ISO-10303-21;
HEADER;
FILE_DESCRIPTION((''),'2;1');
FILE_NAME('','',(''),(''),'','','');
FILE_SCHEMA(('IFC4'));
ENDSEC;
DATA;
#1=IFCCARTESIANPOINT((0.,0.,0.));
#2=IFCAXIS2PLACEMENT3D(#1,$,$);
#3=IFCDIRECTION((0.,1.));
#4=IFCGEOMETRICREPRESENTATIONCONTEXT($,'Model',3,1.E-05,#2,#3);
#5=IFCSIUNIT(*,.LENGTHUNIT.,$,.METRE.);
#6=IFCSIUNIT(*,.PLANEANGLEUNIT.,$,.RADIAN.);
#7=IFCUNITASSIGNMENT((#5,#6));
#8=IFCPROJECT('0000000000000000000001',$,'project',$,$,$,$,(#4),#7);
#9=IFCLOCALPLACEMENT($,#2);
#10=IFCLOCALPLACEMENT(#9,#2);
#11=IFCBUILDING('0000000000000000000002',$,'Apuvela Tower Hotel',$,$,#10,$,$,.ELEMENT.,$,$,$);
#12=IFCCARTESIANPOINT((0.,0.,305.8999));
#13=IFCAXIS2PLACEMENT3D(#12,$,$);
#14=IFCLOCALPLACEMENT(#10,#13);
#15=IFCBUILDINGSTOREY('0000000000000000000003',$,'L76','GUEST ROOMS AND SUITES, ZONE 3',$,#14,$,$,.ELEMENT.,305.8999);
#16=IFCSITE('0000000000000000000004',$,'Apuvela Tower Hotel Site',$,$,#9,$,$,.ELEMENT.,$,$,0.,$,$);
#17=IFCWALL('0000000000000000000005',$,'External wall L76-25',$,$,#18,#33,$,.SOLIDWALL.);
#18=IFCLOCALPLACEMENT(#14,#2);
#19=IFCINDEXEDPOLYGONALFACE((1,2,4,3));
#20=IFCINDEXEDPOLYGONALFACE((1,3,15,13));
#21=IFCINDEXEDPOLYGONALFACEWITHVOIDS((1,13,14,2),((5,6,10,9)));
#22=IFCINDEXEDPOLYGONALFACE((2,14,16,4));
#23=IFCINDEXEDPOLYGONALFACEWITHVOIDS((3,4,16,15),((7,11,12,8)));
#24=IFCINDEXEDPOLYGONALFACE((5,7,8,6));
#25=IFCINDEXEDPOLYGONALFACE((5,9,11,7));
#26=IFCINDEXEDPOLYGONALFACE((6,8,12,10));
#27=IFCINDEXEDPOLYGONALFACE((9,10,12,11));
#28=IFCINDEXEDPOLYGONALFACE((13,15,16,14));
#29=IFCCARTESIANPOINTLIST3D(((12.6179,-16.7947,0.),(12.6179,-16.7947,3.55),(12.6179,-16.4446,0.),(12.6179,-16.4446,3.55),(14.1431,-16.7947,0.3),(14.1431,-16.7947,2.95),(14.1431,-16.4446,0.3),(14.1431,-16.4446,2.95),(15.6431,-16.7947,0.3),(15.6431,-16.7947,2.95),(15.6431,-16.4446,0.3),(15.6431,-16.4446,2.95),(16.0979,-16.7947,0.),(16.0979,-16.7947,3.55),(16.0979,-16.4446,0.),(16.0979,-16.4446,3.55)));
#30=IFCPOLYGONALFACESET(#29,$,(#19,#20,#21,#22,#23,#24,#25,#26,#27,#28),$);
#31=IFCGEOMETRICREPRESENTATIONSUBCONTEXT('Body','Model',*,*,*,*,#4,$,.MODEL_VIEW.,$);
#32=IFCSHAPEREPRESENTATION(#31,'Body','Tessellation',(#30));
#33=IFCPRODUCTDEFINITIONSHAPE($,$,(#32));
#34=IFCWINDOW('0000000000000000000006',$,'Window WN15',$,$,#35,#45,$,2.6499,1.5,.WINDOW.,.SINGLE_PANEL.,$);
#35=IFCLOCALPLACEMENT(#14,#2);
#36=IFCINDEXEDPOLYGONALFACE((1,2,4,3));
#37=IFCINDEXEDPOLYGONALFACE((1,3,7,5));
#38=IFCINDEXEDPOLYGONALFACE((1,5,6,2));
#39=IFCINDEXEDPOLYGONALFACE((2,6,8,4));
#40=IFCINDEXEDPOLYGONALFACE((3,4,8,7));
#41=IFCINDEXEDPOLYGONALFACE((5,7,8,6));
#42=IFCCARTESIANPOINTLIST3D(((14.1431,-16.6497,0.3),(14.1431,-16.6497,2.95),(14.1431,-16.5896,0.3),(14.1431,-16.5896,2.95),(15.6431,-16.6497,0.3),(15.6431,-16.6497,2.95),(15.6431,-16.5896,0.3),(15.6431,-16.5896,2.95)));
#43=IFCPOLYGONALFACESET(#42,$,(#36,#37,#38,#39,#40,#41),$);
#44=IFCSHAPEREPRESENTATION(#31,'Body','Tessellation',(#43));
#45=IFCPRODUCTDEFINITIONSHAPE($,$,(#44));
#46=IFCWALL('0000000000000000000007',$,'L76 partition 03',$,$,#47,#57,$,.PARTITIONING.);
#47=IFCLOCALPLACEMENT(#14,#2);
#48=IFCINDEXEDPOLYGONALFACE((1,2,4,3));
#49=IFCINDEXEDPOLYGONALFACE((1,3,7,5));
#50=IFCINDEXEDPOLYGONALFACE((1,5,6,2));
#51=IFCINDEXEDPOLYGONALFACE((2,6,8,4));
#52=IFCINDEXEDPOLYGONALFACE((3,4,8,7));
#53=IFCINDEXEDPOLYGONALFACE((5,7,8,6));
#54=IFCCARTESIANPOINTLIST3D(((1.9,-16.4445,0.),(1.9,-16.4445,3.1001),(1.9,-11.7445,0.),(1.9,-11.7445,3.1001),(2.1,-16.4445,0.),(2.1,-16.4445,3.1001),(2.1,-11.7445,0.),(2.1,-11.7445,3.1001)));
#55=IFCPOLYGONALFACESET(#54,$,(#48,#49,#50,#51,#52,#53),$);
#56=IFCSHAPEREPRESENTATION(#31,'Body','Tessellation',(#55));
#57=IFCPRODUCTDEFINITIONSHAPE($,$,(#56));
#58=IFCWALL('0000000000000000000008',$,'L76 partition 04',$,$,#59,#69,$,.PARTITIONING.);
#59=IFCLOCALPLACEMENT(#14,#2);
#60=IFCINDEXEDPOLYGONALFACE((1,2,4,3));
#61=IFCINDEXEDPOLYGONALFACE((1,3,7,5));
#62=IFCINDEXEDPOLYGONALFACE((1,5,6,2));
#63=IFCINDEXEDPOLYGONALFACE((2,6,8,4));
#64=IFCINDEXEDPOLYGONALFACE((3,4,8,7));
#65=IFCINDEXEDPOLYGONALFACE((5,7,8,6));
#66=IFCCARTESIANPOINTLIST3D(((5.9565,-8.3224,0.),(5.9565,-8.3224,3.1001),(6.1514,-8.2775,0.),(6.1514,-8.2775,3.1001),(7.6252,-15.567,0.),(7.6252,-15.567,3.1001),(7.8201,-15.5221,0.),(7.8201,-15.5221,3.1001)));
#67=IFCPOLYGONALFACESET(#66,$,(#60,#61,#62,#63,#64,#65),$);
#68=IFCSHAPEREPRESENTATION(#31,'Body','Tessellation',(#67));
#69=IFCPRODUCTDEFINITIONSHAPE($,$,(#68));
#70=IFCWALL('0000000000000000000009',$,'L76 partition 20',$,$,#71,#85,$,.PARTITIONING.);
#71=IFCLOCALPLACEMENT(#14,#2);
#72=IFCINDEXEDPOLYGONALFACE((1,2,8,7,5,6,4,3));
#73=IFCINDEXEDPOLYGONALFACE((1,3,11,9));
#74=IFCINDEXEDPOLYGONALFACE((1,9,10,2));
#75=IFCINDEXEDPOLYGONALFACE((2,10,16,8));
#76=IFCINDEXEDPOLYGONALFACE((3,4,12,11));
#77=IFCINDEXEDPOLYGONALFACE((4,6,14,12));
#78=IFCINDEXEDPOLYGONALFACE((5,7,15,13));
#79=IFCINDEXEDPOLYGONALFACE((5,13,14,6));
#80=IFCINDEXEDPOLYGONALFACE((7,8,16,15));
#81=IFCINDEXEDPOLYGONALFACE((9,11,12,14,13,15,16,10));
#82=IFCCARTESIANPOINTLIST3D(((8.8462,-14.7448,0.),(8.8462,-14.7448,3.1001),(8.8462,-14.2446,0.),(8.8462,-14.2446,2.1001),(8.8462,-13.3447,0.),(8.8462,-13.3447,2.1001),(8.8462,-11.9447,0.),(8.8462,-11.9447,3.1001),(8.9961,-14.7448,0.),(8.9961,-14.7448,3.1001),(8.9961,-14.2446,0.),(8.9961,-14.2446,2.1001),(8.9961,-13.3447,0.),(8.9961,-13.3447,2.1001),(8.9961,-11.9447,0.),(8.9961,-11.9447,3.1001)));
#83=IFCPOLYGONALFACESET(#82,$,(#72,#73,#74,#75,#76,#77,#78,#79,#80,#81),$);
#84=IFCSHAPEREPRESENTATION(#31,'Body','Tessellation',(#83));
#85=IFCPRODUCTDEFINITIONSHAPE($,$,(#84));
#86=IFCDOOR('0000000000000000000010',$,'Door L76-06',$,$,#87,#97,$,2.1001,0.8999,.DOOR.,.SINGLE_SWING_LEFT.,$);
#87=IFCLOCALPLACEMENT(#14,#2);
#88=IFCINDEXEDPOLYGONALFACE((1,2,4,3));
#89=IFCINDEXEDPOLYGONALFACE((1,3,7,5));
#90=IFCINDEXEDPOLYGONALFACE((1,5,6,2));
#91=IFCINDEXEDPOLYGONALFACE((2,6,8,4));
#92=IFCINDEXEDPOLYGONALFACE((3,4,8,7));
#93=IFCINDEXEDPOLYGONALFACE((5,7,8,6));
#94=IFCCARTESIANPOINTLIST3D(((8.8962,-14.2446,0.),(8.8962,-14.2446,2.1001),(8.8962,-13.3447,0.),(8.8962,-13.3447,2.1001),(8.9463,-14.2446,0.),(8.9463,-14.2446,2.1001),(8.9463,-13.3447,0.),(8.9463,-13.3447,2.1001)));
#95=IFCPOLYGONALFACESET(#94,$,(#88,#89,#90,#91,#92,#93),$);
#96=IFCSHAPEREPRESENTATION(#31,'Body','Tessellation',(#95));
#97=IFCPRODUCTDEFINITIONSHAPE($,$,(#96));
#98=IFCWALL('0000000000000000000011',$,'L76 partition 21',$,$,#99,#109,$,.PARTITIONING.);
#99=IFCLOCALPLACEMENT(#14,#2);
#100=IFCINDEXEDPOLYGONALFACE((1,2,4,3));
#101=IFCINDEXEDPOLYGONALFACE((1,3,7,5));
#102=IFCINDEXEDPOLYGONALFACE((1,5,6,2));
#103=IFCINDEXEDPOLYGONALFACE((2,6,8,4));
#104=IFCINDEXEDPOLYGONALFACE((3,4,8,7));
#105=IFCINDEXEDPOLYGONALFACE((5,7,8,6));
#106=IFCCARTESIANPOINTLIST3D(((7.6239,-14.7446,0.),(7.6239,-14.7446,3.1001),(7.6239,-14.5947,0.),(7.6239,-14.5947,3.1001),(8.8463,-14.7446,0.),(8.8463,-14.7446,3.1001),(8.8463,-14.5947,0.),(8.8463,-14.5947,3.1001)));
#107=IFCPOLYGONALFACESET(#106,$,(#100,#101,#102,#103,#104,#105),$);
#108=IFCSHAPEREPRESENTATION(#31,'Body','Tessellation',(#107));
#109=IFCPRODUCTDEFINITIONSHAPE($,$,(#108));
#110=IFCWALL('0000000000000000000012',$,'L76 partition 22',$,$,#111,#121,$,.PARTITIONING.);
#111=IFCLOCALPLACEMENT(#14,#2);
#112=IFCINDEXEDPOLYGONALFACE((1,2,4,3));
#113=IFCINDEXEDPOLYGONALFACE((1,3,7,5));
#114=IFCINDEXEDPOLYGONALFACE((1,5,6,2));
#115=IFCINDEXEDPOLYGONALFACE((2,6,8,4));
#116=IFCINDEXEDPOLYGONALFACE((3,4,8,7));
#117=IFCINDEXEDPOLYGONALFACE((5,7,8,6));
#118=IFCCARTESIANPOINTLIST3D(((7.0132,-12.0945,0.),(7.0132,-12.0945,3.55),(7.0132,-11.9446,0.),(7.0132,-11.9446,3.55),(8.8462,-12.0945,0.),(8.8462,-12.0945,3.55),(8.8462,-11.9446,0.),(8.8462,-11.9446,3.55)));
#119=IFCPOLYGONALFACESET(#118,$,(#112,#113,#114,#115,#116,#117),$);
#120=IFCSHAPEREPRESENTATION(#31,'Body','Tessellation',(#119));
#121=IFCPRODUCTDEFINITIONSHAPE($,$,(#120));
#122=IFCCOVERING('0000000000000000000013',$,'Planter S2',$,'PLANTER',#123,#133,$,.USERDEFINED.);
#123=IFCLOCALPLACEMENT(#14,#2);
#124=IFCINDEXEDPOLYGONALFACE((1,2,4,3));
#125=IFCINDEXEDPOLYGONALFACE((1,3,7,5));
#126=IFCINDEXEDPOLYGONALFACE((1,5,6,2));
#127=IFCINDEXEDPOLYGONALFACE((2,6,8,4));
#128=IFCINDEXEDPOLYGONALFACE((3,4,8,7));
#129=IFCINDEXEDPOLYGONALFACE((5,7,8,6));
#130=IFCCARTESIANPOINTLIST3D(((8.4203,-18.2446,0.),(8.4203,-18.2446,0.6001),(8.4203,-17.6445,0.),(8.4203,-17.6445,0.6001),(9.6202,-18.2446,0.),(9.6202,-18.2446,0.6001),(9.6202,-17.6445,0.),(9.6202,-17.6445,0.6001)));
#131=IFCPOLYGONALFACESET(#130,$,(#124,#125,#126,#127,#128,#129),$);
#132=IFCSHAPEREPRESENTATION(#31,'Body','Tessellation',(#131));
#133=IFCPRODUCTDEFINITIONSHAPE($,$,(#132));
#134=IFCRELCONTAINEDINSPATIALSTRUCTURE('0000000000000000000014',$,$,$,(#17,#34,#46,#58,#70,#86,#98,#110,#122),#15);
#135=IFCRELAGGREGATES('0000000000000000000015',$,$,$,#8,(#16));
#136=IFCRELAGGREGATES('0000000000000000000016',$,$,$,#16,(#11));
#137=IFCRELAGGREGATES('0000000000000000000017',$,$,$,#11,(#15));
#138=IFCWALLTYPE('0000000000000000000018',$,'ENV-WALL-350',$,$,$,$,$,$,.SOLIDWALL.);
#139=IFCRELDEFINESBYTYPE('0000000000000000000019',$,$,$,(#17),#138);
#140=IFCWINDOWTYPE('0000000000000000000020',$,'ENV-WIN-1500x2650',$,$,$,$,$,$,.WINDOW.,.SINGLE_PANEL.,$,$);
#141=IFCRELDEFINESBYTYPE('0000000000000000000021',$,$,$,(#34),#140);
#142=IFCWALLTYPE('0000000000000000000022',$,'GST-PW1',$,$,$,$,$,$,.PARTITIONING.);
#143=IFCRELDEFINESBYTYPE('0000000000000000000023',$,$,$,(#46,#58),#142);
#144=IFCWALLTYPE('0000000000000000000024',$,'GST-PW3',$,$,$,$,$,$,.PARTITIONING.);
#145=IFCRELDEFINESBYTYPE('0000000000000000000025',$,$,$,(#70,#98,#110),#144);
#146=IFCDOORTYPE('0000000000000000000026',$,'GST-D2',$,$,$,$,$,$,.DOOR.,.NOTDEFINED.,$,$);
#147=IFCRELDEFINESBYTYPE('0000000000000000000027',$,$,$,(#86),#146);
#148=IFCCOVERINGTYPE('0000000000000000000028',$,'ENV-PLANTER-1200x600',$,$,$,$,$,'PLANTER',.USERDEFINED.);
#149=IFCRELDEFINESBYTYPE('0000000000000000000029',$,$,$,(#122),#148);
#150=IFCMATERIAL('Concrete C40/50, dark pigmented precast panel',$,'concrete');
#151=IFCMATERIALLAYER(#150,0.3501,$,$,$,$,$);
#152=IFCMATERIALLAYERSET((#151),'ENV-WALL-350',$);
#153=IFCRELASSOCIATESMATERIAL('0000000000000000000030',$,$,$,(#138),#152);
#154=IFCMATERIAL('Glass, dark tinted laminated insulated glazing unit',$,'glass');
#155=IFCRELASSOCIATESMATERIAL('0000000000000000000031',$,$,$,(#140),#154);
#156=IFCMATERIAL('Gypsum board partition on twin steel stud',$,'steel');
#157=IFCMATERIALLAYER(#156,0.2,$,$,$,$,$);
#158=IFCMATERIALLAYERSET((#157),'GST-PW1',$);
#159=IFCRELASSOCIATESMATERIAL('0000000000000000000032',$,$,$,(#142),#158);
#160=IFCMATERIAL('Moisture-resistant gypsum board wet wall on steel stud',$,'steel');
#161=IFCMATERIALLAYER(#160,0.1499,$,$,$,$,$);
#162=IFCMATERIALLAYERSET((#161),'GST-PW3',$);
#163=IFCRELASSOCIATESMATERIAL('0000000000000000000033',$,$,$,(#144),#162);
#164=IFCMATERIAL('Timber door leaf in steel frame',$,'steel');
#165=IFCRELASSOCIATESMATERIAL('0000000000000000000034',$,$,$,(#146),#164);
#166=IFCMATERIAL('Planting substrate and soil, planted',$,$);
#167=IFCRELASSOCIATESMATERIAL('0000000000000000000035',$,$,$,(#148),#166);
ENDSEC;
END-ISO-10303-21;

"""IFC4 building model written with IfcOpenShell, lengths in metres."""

from ifc_helpers import new_model, si_unit, direction, frame, frame_2d, origin, origin_2d, place, context, subcontext, project, spatial, rectangle, extrude, material, layer, layer_set, type_object, element, fill, save


model = new_model("IFC4")

# Units and contexts
model_context = context("Model", 3, precision=1e-05, world=origin(), true_north=direction((0.0, 1.0)))
body_context = subcontext(model_context, "Body", "Model", "MODEL_VIEW")
ifc_project = project(units=[si_unit("LENGTHUNIT", "METRE"), si_unit("PLANEANGLEUNIT", "RADIAN")], contexts=[model_context])

# Site, building, storey
site_placement = place(None, origin())
site = spatial("IfcSite", under=ifc_project, at=site_placement, Name="Apuvela Tower Hotel Site", CompositionType="ELEMENT", RefElevation=0.0)
building_placement = place(site_placement, origin())
building = spatial("IfcBuilding", under=site, at=building_placement, Name="Apuvela Tower Hotel", CompositionType="ELEMENT")
storey_placement = place(building_placement, frame((0.0, 0.0, 305.8999)))
storey = spatial("IfcBuildingStorey", under=building, at=storey_placement, Name="L76", Description="GUEST ROOMS AND SUITES, ZONE 3", CompositionType="ELEMENT", Elevation=305.8999)

# Shared definitions
ifc_material_1 = material(Name="Concrete C40/50, dark pigmented precast panel", Category="concrete")
ifc_layer_1 = layer(ifc_material_1, 0.3501)
ifc_layer_set_1 = layer_set([ifc_layer_1], Name="ENV-WALL-350")
wall_type_1 = type_object("IfcWallType", Name="ENV-WALL-350", PredefinedType="SOLIDWALL", material=ifc_layer_set_1)

# Shared definitions
ifc_material_2 = material(Name="Glass, dark tinted laminated insulated glazing unit", Category="glass")

# Wall, opening, window
wall_1_placement = place(storey_placement, frame((12.6179, -16.6196, 0.0), z_axis=(0.0, 0.0, 1.0), x_axis=(1.0, 0.0, 0.0)))
wall_1 = element("IfcWall", 1, at=wall_1_placement, inside=storey, type_object=wall_type_1, Name="External wall L76-25", PredefinedType="SOLIDWALL", context=body_context, shape_type="SweptSolid", body=[
    extrude(rectangle(XDim=3.48, YDim=0.3501, at=frame_2d((1.74, 0.0))), origin(), (0.0, 0.0, 1.0), 3.55),
])
opening_1_placement = place(wall_1_placement, frame((1.5251, 0.0, 0.3)))
opening_1 = element("IfcOpeningElement", 2, at=opening_1_placement, cuts=wall_1, PredefinedType="OPENING", context=body_context, shape_type="SweptSolid", body=[
    extrude(rectangle(XDim=1.5, YDim=2.6499, at=frame_2d((0.75, 1.325))), frame((0.0, 0.1851, 0.0), z_axis=(0.0, -1.0, 0.0), x_axis=(1.0, 0.0, 0.0)), (0.0, 0.0, 1.0), 0.3701),
])
window_type_1 = type_object("IfcWindowType", Name="ENV-WIN-1500x2650", PartitioningType="SINGLE_PANEL", PredefinedType="WINDOW", material=ifc_material_2)
window_1_placement = place(opening_1_placement, origin())
window_1 = element("IfcWindow", 3, at=window_1_placement, inside=storey, type_object=window_type_1, Name="Window WN15", OverallHeight=2.6499, OverallWidth=1.5, PartitioningType="SINGLE_PANEL", PredefinedType="WINDOW", context=body_context, shape_type="SweptSolid", body=[
    extrude(rectangle(XDim=1.5, YDim=2.6499, at=frame_2d((0.75, 1.325))), frame((0.0, 0.03, 0.0), z_axis=(0.0, -1.0, 0.0), x_axis=(1.0, 0.0, 0.0)), (0.0, 0.0, 1.0), 0.0601),
])
fill(opening_1, window_1)

# Walls
ifc_material_3 = material(Name="Gypsum board partition on twin steel stud", Category="steel")
ifc_layer_2 = layer(ifc_material_3, 0.2)
ifc_layer_set_2 = layer_set([ifc_layer_2], Name="GST-PW1")
wall_type_2 = type_object("IfcWallType", Name="GST-PW1", PredefinedType="PARTITIONING", material=ifc_layer_set_2)
wall_2_placement = place(storey_placement, frame((2.0, -16.4446, 0.0), z_axis=(0.0, 0.0, 1.0), x_axis=(0.0, 1.0, 0.0)))
element("IfcWall", 4, at=wall_2_placement, inside=storey, type_object=wall_type_2, Name="L76 partition 03", PredefinedType="PARTITIONING", context=body_context, shape_type="SweptSolid", body=[
    extrude(rectangle(XDim=4.7, YDim=0.2, at=frame_2d((2.3501, 0.0))), origin(), (0.0, 0.0, 1.0), 3.1001),
])
wall_3_placement = place(storey_placement, frame((7.7227, -15.5447, 0.0), z_axis=(0.0, 0.0, 1.0), x_axis=(-0.224459, 0.974484, 0.0)))
element("IfcWall", 5, at=wall_3_placement, inside=storey, type_object=wall_type_2, Name="L76 partition 04", PredefinedType="PARTITIONING", context=body_context, shape_type="SweptSolid", body=[
    extrude(rectangle(XDim=7.4343, YDim=0.2, at=frame_2d((3.7173, 0.0))), origin(), (0.0, 0.0, 1.0), 3.1001),
])

# Wall, opening, door
ifc_material_4 = material(Name="Moisture-resistant gypsum board wet wall on steel stud", Category="steel")
ifc_layer_3 = layer(ifc_material_4, 0.1499)
ifc_layer_set_3 = layer_set([ifc_layer_3], Name="GST-PW3")
wall_type_3 = type_object("IfcWallType", Name="GST-PW3", PredefinedType="PARTITIONING", material=ifc_layer_set_3)
wall_4_placement = place(storey_placement, frame((8.9211, -14.7446, 0.0), z_axis=(0.0, 0.0, 1.0), x_axis=(0.0, 1.0, 0.0)))
wall_4 = element("IfcWall", 6, at=wall_4_placement, inside=storey, type_object=wall_type_3, Name="L76 partition 20", PredefinedType="PARTITIONING", context=body_context, shape_type="SweptSolid", body=[
    extrude(rectangle(XDim=2.8, YDim=0.1499, at=frame_2d((1.3999, 0.0))), origin(), (0.0, 0.0, 1.0), 3.1001),
])
opening_2_placement = place(wall_4_placement, frame((0.5, 0.0, 0.0)))
opening_2 = element("IfcOpeningElement", 7, at=opening_2_placement, cuts=wall_4, PredefinedType="OPENING", context=body_context, shape_type="SweptSolid", body=[
    extrude(rectangle(XDim=0.8999, YDim=2.1001, at=frame_2d((0.45, 1.05))), frame((0.0, 0.085, 0.0), z_axis=(0.0, -1.0, 0.0), x_axis=(1.0, 0.0, 0.0)), (0.0, 0.0, 1.0), 0.1699),
])
ifc_material_5 = material(Name="Timber door leaf in steel frame", Category="steel")
door_type_1 = type_object("IfcDoorType", Name="GST-D2", OperationType="NOTDEFINED", PredefinedType="DOOR", material=ifc_material_5)
door_1_placement = place(opening_2_placement, origin())
door_1 = element("IfcDoor", 8, at=door_1_placement, inside=storey, type_object=door_type_1, Name="Door L76-06", OperationType="SINGLE_SWING_LEFT", OverallHeight=2.1001, OverallWidth=0.8999, PredefinedType="DOOR", context=body_context, shape_type="SweptSolid", body=[
    extrude(rectangle(XDim=0.8999, YDim=2.1001, at=frame_2d((0.45, 1.05))), frame((0.0, 0.0249, 0.0), z_axis=(0.0, -1.0, 0.0), x_axis=(1.0, 0.0, 0.0)), (0.0, 0.0, 1.0), 0.05),
])
fill(opening_2, door_1)

# Walls
wall_5_placement = place(storey_placement, frame((7.6238, -14.6697, 0.0), z_axis=(0.0, 0.0, 1.0), x_axis=(1.0, 0.0, 0.0)))
element("IfcWall", 9, at=wall_5_placement, inside=storey, type_object=wall_type_3, Name="L76 partition 21", PredefinedType="PARTITIONING", context=body_context, shape_type="SweptSolid", body=[
    extrude(rectangle(XDim=1.2224, YDim=0.1499, at=frame_2d((0.6113, 0.0))), origin(), (0.0, 0.0, 1.0), 3.1001),
])
wall_6_placement = place(storey_placement, frame((7.0132, -12.0195, 0.0), z_axis=(0.0, 0.0, 1.0), x_axis=(1.0, 0.0, 0.0)))
element("IfcWall", 10, at=wall_6_placement, inside=storey, type_object=wall_type_3, Name="L76 partition 22", PredefinedType="PARTITIONING", context=body_context, shape_type="SweptSolid", body=[
    extrude(rectangle(XDim=1.833, YDim=0.1499, at=frame_2d((0.9165, 0.0))), origin(), (0.0, 0.0, 1.0), 3.55),
])

# Covering
ifc_material_6 = material(Name="Planting substrate and soil, planted")
covering_type = type_object("IfcCoveringType", Name="ENV-PLANTER-1200x600", ElementType="PLANTER", PredefinedType="USERDEFINED", material=ifc_material_6)
covering_placement = place(storey_placement, frame((9.0203, -17.9446, 0.0), z_axis=(0.0, 0.0, 1.0), x_axis=(1.0, 0.0, 0.0)))
element("IfcCovering", 11, at=covering_placement, inside=storey, type_object=covering_type, Name="Planter S2", ObjectType="PLANTER", PredefinedType="USERDEFINED", context=body_context, shape_type="SweptSolid", body=[
    extrude(rectangle(XDim=1.2, YDim=0.6001, at=origin_2d()), origin(), (0.0, 0.0, 1.0), 0.6001),
])

save(model, "model.ifc")
